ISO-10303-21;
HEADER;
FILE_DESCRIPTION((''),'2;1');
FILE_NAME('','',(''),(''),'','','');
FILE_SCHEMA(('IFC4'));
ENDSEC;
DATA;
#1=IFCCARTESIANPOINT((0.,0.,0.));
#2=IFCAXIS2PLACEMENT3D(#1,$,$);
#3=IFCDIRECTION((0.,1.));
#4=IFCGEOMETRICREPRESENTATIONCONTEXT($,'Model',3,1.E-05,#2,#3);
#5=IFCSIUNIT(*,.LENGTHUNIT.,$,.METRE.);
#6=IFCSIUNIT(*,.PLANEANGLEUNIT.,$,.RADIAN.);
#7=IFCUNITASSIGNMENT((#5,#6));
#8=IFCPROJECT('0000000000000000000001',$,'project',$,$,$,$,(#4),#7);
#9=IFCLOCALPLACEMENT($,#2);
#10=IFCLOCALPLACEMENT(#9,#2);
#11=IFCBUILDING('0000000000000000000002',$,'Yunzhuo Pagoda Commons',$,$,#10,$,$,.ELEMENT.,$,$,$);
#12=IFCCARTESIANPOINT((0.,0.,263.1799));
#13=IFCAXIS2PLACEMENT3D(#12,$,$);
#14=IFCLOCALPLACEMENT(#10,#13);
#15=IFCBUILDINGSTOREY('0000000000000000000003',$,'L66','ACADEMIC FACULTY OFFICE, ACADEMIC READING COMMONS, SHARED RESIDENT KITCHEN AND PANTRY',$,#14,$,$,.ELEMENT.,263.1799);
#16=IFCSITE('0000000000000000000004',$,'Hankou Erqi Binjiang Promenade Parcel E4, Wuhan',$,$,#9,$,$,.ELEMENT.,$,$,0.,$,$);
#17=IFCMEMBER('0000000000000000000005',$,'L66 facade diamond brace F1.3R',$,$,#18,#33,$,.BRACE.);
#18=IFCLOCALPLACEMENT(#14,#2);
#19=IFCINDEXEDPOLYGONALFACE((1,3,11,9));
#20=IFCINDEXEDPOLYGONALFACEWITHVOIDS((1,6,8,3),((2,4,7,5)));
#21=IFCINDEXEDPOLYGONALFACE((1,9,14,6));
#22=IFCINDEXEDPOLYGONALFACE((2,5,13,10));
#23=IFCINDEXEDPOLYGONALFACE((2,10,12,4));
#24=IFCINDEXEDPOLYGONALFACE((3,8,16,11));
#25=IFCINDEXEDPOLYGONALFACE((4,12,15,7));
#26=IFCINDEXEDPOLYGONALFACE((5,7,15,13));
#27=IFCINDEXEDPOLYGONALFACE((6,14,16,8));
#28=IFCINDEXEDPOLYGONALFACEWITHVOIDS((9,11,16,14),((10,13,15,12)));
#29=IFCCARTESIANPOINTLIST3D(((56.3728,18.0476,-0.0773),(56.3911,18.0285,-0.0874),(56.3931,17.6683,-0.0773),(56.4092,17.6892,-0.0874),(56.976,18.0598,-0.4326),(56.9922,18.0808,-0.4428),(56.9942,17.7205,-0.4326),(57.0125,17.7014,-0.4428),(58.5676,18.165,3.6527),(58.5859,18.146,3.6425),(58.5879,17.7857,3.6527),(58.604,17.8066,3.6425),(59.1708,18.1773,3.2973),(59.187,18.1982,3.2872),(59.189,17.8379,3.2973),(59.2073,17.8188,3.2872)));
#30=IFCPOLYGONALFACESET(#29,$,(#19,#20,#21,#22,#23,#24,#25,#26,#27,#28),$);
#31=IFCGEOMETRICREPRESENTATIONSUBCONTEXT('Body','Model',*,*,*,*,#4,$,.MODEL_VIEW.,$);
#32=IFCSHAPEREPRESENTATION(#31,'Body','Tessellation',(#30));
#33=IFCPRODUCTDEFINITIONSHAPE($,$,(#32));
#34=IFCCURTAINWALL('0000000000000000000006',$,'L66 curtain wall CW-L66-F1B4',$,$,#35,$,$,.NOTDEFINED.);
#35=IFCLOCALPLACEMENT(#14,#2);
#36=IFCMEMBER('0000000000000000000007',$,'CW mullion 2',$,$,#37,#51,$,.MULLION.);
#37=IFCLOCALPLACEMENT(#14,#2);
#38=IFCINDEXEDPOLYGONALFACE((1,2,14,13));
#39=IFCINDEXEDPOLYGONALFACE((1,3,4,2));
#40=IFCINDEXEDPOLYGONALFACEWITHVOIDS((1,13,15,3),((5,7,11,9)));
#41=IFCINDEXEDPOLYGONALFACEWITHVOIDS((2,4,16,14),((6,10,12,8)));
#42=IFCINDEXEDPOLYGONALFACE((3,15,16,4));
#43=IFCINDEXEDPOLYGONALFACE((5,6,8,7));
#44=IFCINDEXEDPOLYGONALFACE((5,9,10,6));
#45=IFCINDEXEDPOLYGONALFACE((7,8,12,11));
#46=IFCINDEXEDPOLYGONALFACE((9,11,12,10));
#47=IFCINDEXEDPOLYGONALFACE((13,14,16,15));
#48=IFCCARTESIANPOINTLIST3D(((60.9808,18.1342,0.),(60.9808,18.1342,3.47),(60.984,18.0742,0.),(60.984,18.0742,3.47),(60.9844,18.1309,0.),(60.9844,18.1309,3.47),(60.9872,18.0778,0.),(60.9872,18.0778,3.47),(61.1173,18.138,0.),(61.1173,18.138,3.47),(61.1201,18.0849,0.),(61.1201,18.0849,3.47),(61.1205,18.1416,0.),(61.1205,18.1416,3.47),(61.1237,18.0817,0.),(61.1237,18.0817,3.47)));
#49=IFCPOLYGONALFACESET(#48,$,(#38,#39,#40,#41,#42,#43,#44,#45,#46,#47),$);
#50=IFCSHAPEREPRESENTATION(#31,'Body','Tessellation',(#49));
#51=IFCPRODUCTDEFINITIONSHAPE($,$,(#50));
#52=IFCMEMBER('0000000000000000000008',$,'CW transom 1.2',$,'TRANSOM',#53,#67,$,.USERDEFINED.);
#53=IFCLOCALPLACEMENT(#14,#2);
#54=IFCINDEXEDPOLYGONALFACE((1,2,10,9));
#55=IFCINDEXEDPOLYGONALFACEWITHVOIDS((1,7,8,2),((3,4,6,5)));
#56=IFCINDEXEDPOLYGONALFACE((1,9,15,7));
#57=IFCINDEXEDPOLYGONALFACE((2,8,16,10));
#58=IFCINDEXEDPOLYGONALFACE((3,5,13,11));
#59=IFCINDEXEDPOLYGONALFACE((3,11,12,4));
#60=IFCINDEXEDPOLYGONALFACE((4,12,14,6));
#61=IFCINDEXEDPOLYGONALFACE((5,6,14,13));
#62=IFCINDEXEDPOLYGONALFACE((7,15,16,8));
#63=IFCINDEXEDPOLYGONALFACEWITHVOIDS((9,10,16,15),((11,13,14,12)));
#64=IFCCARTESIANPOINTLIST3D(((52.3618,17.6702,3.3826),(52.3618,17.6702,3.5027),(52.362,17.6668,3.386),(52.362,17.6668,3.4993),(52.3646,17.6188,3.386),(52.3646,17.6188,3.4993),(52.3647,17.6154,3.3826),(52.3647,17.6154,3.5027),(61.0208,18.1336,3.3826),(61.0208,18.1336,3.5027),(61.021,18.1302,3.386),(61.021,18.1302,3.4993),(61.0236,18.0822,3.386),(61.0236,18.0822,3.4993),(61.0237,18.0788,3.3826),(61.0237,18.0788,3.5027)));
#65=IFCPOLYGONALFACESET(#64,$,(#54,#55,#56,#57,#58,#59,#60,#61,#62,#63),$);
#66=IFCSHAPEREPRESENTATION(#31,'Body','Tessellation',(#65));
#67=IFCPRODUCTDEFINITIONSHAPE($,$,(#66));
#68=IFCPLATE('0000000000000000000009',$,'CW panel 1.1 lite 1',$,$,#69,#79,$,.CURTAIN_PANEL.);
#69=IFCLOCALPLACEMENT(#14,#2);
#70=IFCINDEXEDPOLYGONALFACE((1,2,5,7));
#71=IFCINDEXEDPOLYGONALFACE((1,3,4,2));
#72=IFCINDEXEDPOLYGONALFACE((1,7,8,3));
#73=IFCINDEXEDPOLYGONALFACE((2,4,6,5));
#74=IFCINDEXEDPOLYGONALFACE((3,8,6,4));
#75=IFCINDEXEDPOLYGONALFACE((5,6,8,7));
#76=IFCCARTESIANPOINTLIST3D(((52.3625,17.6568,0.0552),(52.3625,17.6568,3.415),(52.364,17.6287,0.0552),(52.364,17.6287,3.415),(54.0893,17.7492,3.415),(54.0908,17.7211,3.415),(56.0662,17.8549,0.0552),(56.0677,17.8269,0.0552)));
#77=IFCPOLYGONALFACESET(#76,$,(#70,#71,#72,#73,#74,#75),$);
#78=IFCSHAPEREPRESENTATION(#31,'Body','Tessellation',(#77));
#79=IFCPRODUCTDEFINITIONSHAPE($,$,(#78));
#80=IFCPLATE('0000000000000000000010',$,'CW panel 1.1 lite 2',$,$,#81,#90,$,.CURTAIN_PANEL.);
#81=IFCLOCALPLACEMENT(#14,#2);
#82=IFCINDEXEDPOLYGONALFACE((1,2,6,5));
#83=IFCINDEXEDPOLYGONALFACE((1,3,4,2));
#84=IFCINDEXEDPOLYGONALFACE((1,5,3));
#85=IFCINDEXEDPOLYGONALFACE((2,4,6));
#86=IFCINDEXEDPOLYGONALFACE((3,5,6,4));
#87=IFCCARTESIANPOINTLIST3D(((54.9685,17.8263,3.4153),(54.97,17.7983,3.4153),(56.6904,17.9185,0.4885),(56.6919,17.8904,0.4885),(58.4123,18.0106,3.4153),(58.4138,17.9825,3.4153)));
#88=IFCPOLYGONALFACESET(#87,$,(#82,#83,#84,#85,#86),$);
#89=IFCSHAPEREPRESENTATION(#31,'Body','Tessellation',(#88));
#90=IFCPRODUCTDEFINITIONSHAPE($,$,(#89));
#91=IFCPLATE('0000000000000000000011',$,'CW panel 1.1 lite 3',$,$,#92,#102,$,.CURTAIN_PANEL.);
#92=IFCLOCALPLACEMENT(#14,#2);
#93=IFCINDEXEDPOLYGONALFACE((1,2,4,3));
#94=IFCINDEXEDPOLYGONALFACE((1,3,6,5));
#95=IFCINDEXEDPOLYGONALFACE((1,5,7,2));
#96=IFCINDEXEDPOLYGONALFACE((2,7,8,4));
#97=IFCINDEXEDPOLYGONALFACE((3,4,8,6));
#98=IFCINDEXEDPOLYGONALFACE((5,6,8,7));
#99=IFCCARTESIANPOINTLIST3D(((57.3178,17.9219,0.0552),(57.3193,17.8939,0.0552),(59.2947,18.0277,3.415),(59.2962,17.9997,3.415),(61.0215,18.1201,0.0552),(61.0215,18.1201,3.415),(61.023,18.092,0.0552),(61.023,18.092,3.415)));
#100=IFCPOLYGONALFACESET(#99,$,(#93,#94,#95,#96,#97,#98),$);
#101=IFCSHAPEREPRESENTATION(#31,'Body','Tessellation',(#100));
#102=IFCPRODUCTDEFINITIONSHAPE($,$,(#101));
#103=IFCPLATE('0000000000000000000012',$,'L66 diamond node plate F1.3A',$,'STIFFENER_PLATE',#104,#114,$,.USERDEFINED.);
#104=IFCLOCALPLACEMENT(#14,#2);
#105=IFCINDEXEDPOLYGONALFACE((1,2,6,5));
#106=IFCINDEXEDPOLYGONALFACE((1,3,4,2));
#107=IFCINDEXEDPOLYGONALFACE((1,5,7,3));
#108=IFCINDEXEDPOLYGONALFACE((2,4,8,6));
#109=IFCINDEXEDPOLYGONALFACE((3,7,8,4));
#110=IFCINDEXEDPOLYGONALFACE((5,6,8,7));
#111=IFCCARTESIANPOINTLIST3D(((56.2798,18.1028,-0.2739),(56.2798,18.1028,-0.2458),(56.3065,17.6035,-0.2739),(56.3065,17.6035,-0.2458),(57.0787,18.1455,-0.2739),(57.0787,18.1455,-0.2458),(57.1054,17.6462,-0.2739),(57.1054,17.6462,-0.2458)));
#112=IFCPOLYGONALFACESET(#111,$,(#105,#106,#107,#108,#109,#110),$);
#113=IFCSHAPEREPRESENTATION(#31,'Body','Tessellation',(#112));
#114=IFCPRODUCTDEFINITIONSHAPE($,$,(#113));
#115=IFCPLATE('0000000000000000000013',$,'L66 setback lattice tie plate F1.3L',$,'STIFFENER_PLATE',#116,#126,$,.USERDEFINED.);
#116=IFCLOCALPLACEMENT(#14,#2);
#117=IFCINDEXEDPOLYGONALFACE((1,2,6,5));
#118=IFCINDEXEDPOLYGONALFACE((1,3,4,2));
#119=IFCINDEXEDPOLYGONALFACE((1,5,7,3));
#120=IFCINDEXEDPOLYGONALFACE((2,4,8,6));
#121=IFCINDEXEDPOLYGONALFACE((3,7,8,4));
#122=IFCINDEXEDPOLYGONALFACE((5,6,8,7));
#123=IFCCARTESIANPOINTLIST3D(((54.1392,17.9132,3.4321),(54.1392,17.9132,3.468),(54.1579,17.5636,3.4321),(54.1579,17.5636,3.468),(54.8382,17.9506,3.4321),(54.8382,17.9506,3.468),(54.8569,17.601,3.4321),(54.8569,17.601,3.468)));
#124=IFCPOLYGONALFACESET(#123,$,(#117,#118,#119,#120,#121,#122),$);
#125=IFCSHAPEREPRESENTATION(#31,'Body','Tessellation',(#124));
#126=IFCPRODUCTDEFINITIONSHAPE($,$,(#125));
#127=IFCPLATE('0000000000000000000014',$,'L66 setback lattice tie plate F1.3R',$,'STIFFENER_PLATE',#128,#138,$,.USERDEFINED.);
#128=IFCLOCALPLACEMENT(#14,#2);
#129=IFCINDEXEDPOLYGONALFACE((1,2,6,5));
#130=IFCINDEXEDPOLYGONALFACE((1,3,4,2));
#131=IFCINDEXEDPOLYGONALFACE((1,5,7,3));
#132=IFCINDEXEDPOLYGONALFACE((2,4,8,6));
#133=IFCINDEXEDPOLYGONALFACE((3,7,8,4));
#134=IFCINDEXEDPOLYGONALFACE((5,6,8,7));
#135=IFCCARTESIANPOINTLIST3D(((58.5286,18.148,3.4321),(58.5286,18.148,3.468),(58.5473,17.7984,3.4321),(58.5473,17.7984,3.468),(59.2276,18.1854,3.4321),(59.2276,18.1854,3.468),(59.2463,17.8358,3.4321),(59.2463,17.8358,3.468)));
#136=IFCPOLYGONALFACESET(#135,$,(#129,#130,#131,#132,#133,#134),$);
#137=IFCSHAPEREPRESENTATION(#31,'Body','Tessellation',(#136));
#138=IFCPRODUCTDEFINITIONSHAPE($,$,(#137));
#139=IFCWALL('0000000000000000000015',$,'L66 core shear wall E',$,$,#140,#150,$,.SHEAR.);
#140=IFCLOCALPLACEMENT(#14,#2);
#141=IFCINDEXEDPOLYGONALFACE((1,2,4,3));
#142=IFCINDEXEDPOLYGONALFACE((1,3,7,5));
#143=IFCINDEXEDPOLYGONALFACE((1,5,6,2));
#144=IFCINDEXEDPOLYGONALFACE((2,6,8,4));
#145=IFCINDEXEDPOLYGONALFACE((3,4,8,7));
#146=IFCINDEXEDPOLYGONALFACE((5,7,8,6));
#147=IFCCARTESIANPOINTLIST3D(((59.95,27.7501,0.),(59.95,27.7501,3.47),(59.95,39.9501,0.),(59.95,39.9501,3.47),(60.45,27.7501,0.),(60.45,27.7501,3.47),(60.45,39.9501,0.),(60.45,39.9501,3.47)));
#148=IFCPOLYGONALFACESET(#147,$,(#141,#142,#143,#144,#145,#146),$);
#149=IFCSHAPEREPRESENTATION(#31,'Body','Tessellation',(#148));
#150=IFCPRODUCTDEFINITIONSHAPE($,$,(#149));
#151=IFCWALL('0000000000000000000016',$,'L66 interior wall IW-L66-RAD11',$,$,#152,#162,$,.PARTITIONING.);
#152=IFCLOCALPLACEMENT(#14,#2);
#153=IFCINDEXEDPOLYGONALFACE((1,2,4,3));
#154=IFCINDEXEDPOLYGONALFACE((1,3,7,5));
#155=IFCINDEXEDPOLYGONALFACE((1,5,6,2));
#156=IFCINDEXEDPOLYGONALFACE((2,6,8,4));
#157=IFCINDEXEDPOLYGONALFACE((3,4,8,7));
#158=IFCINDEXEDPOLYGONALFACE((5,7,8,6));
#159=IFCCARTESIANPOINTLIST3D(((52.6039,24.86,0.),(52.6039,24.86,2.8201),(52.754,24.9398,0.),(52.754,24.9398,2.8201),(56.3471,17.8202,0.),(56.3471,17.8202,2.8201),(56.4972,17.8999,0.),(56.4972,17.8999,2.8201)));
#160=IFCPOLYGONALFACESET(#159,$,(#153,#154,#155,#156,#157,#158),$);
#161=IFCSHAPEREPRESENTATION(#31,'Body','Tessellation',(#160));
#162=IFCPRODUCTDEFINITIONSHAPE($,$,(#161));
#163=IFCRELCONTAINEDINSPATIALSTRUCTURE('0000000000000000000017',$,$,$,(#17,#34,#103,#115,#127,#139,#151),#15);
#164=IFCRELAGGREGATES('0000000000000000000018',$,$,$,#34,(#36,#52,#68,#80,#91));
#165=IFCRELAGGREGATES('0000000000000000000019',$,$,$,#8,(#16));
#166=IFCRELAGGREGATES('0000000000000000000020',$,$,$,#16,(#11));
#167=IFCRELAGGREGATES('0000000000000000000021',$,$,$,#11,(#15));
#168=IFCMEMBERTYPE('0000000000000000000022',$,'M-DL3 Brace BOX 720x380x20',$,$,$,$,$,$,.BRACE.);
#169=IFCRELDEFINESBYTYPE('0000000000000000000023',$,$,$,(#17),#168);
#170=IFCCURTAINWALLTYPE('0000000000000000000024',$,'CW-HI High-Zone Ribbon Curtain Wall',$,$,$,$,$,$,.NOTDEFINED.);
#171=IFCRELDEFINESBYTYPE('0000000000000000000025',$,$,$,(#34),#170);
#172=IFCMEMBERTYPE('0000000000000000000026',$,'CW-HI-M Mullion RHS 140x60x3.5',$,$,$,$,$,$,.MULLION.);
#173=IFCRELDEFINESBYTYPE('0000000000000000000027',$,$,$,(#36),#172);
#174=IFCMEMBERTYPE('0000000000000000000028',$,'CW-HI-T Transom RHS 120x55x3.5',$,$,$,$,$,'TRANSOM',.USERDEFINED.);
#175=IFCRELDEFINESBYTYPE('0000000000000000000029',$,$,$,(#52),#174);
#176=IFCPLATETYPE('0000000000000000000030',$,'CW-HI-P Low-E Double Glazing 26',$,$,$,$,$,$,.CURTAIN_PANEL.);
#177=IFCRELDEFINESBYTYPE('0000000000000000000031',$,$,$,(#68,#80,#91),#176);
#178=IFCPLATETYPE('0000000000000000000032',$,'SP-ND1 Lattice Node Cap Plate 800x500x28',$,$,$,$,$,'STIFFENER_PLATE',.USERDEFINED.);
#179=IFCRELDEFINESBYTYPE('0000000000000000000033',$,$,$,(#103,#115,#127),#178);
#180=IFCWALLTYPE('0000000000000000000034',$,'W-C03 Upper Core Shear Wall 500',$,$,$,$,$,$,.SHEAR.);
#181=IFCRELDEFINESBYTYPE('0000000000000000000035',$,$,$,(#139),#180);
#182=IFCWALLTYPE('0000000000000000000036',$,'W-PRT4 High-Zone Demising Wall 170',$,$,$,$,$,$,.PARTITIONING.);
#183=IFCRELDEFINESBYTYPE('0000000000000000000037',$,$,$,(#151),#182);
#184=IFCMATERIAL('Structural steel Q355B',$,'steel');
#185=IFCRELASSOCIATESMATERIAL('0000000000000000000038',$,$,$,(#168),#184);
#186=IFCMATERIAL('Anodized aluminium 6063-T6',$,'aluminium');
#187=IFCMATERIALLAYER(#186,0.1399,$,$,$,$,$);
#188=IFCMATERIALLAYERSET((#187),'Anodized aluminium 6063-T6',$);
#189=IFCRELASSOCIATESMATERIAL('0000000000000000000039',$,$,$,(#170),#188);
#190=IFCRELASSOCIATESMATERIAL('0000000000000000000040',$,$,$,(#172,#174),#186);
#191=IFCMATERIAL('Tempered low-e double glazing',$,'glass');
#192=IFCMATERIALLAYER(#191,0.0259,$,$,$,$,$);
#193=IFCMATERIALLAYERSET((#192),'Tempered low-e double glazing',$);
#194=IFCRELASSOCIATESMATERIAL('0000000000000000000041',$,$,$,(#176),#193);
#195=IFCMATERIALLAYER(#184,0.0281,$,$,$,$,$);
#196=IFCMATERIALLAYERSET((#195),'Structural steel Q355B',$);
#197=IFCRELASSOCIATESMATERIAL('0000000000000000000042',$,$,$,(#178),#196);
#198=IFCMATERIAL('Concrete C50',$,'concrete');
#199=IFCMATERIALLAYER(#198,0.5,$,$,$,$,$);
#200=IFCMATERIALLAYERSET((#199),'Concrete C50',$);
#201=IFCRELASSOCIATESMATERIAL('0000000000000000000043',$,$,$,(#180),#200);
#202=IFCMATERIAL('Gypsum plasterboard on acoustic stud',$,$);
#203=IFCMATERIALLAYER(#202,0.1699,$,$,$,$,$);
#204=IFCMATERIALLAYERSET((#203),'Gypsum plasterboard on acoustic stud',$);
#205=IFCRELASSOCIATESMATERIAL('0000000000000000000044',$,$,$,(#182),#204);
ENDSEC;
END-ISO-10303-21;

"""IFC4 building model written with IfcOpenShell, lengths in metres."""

from ifc_helpers import new_model, si_unit, direction, frame, frame_2d, origin, origin_2d, place, context, subcontext, project, spatial, polyline, rectangle, hollow_rectangle, outline, extrude, source, transform, mapped, material, layer, layer_set, material_profile, profile_set, type_object, element, aggregate, save


model = new_model("IFC4")

# Units and contexts
model_context = context("Model", 3, precision=1e-05, world=origin(), true_north=direction((0.0, 1.0)))
body_context = subcontext(model_context, "Body", "Model", "MODEL_VIEW")
ifc_project = project(units=[si_unit("LENGTHUNIT", "METRE"), si_unit("PLANEANGLEUNIT", "RADIAN")], contexts=[model_context])

# Site, building, storey
site_placement = place(None, origin())
site = spatial("IfcSite", under=ifc_project, at=site_placement, Name="Hankou Erqi Binjiang Promenade Parcel E4, Wuhan", CompositionType="ELEMENT", RefElevation=0.0)
building_placement = place(site_placement, origin())
building = spatial("IfcBuilding", under=site, at=building_placement, Name="Yunzhuo Pagoda Commons", CompositionType="ELEMENT")
storey_placement = place(building_placement, frame((0.0, 0.0, 263.1799)))
storey = spatial("IfcBuildingStorey", under=building, at=storey_placement, Name="L66", Description="ACADEMIC FACULTY OFFICE, ACADEMIC READING COMMONS, SHARED RESIDENT KITCHEN AND PANTRY", CompositionType="ELEMENT", Elevation=263.1799)

# Shared definitions
ifc_material_1 = material(Name="Structural steel Q355B", Category="steel")

# Member
ifc_material_profile_1 = material_profile(ifc_material_1, hollow_rectangle(XDim=0.3799, YDim=0.72, WallThickness=0.02, at=origin_2d()), Name="Structural steel Q355B")
ifc_profile_set_1 = profile_set([ifc_material_profile_1], Name="Structural steel Q355B")
member_type_1 = type_object("IfcMemberType", Name="M-DL3 Brace BOX 720x380x20", PredefinedType="BRACE", material=ifc_profile_set_1)
shared_shape_1 = source(origin(), body_context, "Body", "SweptSolid", [
    extrude(hollow_rectangle(XDim=0.3799, YDim=0.72, WallThickness=0.02, at=origin_2d()), origin(), (0.0, 0.0, 1.0), 4.3293),
])
for number, where, z_axis, x_axis, name in (
    (1, (56.6926, 17.8745, -0.26), (0.506957, 0.027124, 0.861545), (-0.053427, 0.998572, 0.0), "L66 facade diamond brace F1.3R"),
):
    element("IfcMember", number, at=place(storey_placement, frame(where, z_axis=z_axis, x_axis=x_axis)), inside=storey, type_object=member_type_1, Name=name, PredefinedType="BRACE", context=body_context, shape_type="MappedRepresentation", body=[
        mapped(shared_shape_1, transform((0.0, 0.0, 0.0), scale=1.0)),
    ])

# Curtain wall, members, plates
ifc_material_2 = material(Name="Anodized aluminium 6063-T6", Category="aluminium")
ifc_layer_1 = layer(ifc_material_2, 0.1399)
ifc_layer_set_1 = layer_set([ifc_layer_1], Name="Anodized aluminium 6063-T6")
curtain_wall_type = type_object("IfcCurtainWallType", Name="CW-HI High-Zone Ribbon Curtain Wall", PredefinedType="NOTDEFINED", material=ifc_layer_set_1)
curtain_wall_placement = place(storey_placement, origin())
curtain_wall = element("IfcCurtainWall", 2, at=curtain_wall_placement, inside=storey, type_object=curtain_wall_type, Name="L66 curtain wall CW-L66-F1B4", PredefinedType="NOTDEFINED")
ifc_material_profile_2 = material_profile(ifc_material_2, hollow_rectangle(XDim=0.0601, YDim=0.1399, WallThickness=0.0034, at=origin_2d()), Name="Anodized aluminium 6063-T6")
ifc_profile_set_2 = profile_set([ifc_material_profile_2], Name="Anodized aluminium 6063-T6")
member_type_2 = type_object("IfcMemberType", Name="CW-HI-M Mullion RHS 140x60x3.5", PredefinedType="MULLION", material=ifc_profile_set_2)
shared_shape_2 = source(origin(), body_context, "Body", "SweptSolid", [
    extrude(hollow_rectangle(XDim=0.0601, YDim=0.1399, WallThickness=0.0034, at=origin_2d()), origin(), (0.0, 0.0, 1.0), 3.47),
])
member_1_placement = place(storey_placement, frame((61.0522, 18.1079, 0.0), z_axis=(0.0, 0.0, 1.0), x_axis=(-0.053427, 0.998572, 0.0)))
member_1 = element("IfcMember", 3, at=member_1_placement, type_object=member_type_2, Name="CW mullion 2", PredefinedType="MULLION", context=body_context, shape_type="MappedRepresentation", body=[
    mapped(shared_shape_2, transform((0.0, 0.0, 0.0), scale=1.0)),
])
ifc_material_profile_3 = material_profile(ifc_material_2, hollow_rectangle(XDim=0.0549, YDim=0.1201, WallThickness=0.0034, at=origin_2d()), Name="Anodized aluminium 6063-T6")
ifc_profile_set_3 = profile_set([ifc_material_profile_3], Name="Anodized aluminium 6063-T6")
member_type_3 = type_object("IfcMemberType", Name="CW-HI-T Transom RHS 120x55x3.5", ElementType="TRANSOM", PredefinedType="USERDEFINED", material=ifc_profile_set_3)
shared_shape_3 = source(origin(), body_context, "Body", "SweptSolid", [
    extrude(hollow_rectangle(XDim=0.0549, YDim=0.1201, WallThickness=0.0034, at=origin_2d()), origin(), (0.0, 0.0, 1.0), 8.6714),
])
member_2_placement = place(storey_placement, frame((52.3633, 17.6428, 3.4426), z_axis=(0.998571, 0.053438, 0.0), x_axis=(-0.053438, 0.998571, 0.0)))
member_2 = element("IfcMember", 4, at=member_2_placement, type_object=member_type_3, Name="CW transom 1.2", ObjectType="TRANSOM", PredefinedType="USERDEFINED", context=body_context, shape_type="MappedRepresentation", body=[
    mapped(shared_shape_3, transform((0.0, 0.0, 0.0), scale=1.0)),
])
ifc_material_3 = material(Name="Tempered low-e double glazing", Category="glass")
ifc_layer_2 = layer(ifc_material_3, 0.0259)
ifc_layer_set_2 = layer_set([ifc_layer_2], Name="Tempered low-e double glazing")
plate_type_1 = type_object("IfcPlateType", Name="CW-HI-P Low-E Double Glazing 26", PredefinedType="CURTAIN_PANEL", material=ifc_layer_set_2)
plate_1_placement = place(storey_placement, frame((54.2144, 17.7559, 1.7351), z_axis=(0.053427, -0.998572, 0.0), x_axis=(0.998572, 0.053427, 0.0)))
plate_1 = element("IfcPlate", 5, at=plate_1_placement, type_object=plate_type_1, Name="CW panel 1.1 lite 1", PredefinedType="CURTAIN_PANEL", context=body_context, shape_type="SweptSolid", body=[
    extrude(outline(polyline([(-1.8545, -1.6799), (1.8545, -1.6799), (-0.1252, 1.6799), (-1.8545, 1.6799), (-1.8545, -1.6799)])), origin(), (0.0, 0.0, 1.0), 0.0281),
])
plate_2_placement = place(storey_placement, frame((56.6904, 17.9185, 1.9519), z_axis=(0.053427, -0.998572, 0.0), x_axis=(0.998572, 0.053427, 0.0)))
plate_2 = element("IfcPlate", 6, at=plate_2_placement, type_object=plate_type_1, Name="CW panel 1.1 lite 2", PredefinedType="CURTAIN_PANEL", context=body_context, shape_type="SweptSolid", body=[
    extrude(outline(polyline([(-1.7244, 1.4634), (0.0, -1.4634), (1.7244, 1.4634), (-1.7244, 1.4634)])), origin(), (0.0, 0.0, 1.0), 0.0281),
])
plate_3_placement = place(storey_placement, frame((59.1697, 18.021, 1.7351), z_axis=(0.053427, -0.998572, 0.0), x_axis=(0.998572, 0.053427, 0.0)))
plate_3 = element("IfcPlate", 7, at=plate_3_placement, type_object=plate_type_1, Name="CW panel 1.1 lite 3", PredefinedType="CURTAIN_PANEL", context=body_context, shape_type="SweptSolid", body=[
    extrude(outline(polyline([(-1.8545, -1.6799), (1.8545, -1.6799), (1.8545, 1.6799), (0.1252, 1.6799), (-1.8545, -1.6799)])), origin(), (0.0, 0.0, 1.0), 0.0281),
])
aggregate(curtain_wall, [member_1, member_2, plate_1, plate_2, plate_3])

# Plates
ifc_layer_3 = layer(ifc_material_1, 0.0281)
ifc_layer_set_3 = layer_set([ifc_layer_3], Name="Structural steel Q355B")
plate_type_2 = type_object("IfcPlateType", Name="SP-ND1 Lattice Node Cap Plate 800x500x28", ElementType="STIFFENER_PLATE", PredefinedType="USERDEFINED", material=ifc_layer_set_3)
shared_shape_4 = source(origin(), body_context, "Body", "SweptSolid", [
    extrude(rectangle(XDim=0.8, YDim=0.5, at=origin_2d()), origin(), (0.0, 0.0, 1.0), 0.0281),
])
plate_4_placement = place(storey_placement, frame((56.6926, 17.8745, -0.2739), z_axis=(0.0, 0.0, 1.0), x_axis=(0.998571, 0.053434, 0.0)))
element("IfcPlate", 8, at=plate_4_placement, inside=storey, type_object=plate_type_2, Name="L66 diamond node plate F1.3A", ObjectType="STIFFENER_PLATE", PredefinedType="USERDEFINED", context=body_context, shape_type="MappedRepresentation", body=[
    mapped(shared_shape_4, transform((0.0, 0.0, 0.0), scale=1.0)),
])
shared_shape_5 = source(origin(), body_context, "Body", "SweptSolid", [
    extrude(rectangle(XDim=0.7, YDim=0.3501, at=origin_2d()), origin(), (0.0, 0.0, 1.0), 0.0359),
])
for number, where, z_axis, x_axis, name in (
    (9, (54.498, 17.7571, 3.4321), (0.0, 0.0, 1.0), (0.998571, 0.053434, 0.0), "L66 setback lattice tie plate F1.3L"),
    (10, (58.8875, 17.9919, 3.4321), (0.0, 0.0, 1.0), (0.998571, 0.053434, 0.0), "L66 setback lattice tie plate F1.3R"),
):
    element("IfcPlate", number, at=place(storey_placement, frame(where, z_axis=z_axis, x_axis=x_axis)), inside=storey, type_object=plate_type_2, Name=name, ObjectType="STIFFENER_PLATE", PredefinedType="USERDEFINED", context=body_context, shape_type="MappedRepresentation", body=[
        mapped(shared_shape_5, transform((0.0, 0.0, 0.0), scale=1.0)),
    ])

# Wall
ifc_material_4 = material(Name="Concrete C50", Category="concrete")
ifc_layer_4 = layer(ifc_material_4, 0.5)
ifc_layer_set_4 = layer_set([ifc_layer_4], Name="Concrete C50")
wall_type_1 = type_object("IfcWallType", Name="W-C03 Upper Core Shear Wall 500", PredefinedType="SHEAR", material=ifc_layer_set_4)
wall_1_placement = place(storey_placement, frame((60.2, 27.75, 0.0), z_axis=(0.0, 0.0, 1.0), x_axis=(0.0, 1.0, 0.0)))
element("IfcWall", 11, at=wall_1_placement, inside=storey, type_object=wall_type_1, Name="L66 core shear wall E", PredefinedType="SHEAR", context=body_context, shape_type="SweptSolid", body=[
    extrude(rectangle(XDim=12.2, YDim=0.5, at=frame_2d((6.1001, 0.0))), origin(), (0.0, 0.0, 1.0), 3.47),
])

# Shared definitions
ifc_material_5 = material(Name="Gypsum plasterboard on acoustic stud")

# Wall
ifc_layer_5 = layer(ifc_material_5, 0.1699)
ifc_layer_set_5 = layer_set([ifc_layer_5], Name="Gypsum plasterboard on acoustic stud")
wall_type_2 = type_object("IfcWallType", Name="W-PRT4 High-Zone Demising Wall 170", PredefinedType="PARTITIONING", material=ifc_layer_set_5)
wall_2_placement = place(storey_placement, frame((52.679, 24.8999, 0.0), z_axis=(0.0, 0.0, 1.0), x_axis=(0.469475, -0.882946, 0.0)))
element("IfcWall", 12, at=wall_2_placement, inside=storey, type_object=wall_type_2, Name="L66 interior wall IW-L66-RAD11", PredefinedType="PARTITIONING", context=body_context, shape_type="SweptSolid", body=[
    extrude(rectangle(XDim=7.9731, YDim=0.1699, at=frame_2d((3.9866, 0.0))), origin(), (0.0, 0.0, 1.0), 2.8201),
])

save(model, "model.ifc")
